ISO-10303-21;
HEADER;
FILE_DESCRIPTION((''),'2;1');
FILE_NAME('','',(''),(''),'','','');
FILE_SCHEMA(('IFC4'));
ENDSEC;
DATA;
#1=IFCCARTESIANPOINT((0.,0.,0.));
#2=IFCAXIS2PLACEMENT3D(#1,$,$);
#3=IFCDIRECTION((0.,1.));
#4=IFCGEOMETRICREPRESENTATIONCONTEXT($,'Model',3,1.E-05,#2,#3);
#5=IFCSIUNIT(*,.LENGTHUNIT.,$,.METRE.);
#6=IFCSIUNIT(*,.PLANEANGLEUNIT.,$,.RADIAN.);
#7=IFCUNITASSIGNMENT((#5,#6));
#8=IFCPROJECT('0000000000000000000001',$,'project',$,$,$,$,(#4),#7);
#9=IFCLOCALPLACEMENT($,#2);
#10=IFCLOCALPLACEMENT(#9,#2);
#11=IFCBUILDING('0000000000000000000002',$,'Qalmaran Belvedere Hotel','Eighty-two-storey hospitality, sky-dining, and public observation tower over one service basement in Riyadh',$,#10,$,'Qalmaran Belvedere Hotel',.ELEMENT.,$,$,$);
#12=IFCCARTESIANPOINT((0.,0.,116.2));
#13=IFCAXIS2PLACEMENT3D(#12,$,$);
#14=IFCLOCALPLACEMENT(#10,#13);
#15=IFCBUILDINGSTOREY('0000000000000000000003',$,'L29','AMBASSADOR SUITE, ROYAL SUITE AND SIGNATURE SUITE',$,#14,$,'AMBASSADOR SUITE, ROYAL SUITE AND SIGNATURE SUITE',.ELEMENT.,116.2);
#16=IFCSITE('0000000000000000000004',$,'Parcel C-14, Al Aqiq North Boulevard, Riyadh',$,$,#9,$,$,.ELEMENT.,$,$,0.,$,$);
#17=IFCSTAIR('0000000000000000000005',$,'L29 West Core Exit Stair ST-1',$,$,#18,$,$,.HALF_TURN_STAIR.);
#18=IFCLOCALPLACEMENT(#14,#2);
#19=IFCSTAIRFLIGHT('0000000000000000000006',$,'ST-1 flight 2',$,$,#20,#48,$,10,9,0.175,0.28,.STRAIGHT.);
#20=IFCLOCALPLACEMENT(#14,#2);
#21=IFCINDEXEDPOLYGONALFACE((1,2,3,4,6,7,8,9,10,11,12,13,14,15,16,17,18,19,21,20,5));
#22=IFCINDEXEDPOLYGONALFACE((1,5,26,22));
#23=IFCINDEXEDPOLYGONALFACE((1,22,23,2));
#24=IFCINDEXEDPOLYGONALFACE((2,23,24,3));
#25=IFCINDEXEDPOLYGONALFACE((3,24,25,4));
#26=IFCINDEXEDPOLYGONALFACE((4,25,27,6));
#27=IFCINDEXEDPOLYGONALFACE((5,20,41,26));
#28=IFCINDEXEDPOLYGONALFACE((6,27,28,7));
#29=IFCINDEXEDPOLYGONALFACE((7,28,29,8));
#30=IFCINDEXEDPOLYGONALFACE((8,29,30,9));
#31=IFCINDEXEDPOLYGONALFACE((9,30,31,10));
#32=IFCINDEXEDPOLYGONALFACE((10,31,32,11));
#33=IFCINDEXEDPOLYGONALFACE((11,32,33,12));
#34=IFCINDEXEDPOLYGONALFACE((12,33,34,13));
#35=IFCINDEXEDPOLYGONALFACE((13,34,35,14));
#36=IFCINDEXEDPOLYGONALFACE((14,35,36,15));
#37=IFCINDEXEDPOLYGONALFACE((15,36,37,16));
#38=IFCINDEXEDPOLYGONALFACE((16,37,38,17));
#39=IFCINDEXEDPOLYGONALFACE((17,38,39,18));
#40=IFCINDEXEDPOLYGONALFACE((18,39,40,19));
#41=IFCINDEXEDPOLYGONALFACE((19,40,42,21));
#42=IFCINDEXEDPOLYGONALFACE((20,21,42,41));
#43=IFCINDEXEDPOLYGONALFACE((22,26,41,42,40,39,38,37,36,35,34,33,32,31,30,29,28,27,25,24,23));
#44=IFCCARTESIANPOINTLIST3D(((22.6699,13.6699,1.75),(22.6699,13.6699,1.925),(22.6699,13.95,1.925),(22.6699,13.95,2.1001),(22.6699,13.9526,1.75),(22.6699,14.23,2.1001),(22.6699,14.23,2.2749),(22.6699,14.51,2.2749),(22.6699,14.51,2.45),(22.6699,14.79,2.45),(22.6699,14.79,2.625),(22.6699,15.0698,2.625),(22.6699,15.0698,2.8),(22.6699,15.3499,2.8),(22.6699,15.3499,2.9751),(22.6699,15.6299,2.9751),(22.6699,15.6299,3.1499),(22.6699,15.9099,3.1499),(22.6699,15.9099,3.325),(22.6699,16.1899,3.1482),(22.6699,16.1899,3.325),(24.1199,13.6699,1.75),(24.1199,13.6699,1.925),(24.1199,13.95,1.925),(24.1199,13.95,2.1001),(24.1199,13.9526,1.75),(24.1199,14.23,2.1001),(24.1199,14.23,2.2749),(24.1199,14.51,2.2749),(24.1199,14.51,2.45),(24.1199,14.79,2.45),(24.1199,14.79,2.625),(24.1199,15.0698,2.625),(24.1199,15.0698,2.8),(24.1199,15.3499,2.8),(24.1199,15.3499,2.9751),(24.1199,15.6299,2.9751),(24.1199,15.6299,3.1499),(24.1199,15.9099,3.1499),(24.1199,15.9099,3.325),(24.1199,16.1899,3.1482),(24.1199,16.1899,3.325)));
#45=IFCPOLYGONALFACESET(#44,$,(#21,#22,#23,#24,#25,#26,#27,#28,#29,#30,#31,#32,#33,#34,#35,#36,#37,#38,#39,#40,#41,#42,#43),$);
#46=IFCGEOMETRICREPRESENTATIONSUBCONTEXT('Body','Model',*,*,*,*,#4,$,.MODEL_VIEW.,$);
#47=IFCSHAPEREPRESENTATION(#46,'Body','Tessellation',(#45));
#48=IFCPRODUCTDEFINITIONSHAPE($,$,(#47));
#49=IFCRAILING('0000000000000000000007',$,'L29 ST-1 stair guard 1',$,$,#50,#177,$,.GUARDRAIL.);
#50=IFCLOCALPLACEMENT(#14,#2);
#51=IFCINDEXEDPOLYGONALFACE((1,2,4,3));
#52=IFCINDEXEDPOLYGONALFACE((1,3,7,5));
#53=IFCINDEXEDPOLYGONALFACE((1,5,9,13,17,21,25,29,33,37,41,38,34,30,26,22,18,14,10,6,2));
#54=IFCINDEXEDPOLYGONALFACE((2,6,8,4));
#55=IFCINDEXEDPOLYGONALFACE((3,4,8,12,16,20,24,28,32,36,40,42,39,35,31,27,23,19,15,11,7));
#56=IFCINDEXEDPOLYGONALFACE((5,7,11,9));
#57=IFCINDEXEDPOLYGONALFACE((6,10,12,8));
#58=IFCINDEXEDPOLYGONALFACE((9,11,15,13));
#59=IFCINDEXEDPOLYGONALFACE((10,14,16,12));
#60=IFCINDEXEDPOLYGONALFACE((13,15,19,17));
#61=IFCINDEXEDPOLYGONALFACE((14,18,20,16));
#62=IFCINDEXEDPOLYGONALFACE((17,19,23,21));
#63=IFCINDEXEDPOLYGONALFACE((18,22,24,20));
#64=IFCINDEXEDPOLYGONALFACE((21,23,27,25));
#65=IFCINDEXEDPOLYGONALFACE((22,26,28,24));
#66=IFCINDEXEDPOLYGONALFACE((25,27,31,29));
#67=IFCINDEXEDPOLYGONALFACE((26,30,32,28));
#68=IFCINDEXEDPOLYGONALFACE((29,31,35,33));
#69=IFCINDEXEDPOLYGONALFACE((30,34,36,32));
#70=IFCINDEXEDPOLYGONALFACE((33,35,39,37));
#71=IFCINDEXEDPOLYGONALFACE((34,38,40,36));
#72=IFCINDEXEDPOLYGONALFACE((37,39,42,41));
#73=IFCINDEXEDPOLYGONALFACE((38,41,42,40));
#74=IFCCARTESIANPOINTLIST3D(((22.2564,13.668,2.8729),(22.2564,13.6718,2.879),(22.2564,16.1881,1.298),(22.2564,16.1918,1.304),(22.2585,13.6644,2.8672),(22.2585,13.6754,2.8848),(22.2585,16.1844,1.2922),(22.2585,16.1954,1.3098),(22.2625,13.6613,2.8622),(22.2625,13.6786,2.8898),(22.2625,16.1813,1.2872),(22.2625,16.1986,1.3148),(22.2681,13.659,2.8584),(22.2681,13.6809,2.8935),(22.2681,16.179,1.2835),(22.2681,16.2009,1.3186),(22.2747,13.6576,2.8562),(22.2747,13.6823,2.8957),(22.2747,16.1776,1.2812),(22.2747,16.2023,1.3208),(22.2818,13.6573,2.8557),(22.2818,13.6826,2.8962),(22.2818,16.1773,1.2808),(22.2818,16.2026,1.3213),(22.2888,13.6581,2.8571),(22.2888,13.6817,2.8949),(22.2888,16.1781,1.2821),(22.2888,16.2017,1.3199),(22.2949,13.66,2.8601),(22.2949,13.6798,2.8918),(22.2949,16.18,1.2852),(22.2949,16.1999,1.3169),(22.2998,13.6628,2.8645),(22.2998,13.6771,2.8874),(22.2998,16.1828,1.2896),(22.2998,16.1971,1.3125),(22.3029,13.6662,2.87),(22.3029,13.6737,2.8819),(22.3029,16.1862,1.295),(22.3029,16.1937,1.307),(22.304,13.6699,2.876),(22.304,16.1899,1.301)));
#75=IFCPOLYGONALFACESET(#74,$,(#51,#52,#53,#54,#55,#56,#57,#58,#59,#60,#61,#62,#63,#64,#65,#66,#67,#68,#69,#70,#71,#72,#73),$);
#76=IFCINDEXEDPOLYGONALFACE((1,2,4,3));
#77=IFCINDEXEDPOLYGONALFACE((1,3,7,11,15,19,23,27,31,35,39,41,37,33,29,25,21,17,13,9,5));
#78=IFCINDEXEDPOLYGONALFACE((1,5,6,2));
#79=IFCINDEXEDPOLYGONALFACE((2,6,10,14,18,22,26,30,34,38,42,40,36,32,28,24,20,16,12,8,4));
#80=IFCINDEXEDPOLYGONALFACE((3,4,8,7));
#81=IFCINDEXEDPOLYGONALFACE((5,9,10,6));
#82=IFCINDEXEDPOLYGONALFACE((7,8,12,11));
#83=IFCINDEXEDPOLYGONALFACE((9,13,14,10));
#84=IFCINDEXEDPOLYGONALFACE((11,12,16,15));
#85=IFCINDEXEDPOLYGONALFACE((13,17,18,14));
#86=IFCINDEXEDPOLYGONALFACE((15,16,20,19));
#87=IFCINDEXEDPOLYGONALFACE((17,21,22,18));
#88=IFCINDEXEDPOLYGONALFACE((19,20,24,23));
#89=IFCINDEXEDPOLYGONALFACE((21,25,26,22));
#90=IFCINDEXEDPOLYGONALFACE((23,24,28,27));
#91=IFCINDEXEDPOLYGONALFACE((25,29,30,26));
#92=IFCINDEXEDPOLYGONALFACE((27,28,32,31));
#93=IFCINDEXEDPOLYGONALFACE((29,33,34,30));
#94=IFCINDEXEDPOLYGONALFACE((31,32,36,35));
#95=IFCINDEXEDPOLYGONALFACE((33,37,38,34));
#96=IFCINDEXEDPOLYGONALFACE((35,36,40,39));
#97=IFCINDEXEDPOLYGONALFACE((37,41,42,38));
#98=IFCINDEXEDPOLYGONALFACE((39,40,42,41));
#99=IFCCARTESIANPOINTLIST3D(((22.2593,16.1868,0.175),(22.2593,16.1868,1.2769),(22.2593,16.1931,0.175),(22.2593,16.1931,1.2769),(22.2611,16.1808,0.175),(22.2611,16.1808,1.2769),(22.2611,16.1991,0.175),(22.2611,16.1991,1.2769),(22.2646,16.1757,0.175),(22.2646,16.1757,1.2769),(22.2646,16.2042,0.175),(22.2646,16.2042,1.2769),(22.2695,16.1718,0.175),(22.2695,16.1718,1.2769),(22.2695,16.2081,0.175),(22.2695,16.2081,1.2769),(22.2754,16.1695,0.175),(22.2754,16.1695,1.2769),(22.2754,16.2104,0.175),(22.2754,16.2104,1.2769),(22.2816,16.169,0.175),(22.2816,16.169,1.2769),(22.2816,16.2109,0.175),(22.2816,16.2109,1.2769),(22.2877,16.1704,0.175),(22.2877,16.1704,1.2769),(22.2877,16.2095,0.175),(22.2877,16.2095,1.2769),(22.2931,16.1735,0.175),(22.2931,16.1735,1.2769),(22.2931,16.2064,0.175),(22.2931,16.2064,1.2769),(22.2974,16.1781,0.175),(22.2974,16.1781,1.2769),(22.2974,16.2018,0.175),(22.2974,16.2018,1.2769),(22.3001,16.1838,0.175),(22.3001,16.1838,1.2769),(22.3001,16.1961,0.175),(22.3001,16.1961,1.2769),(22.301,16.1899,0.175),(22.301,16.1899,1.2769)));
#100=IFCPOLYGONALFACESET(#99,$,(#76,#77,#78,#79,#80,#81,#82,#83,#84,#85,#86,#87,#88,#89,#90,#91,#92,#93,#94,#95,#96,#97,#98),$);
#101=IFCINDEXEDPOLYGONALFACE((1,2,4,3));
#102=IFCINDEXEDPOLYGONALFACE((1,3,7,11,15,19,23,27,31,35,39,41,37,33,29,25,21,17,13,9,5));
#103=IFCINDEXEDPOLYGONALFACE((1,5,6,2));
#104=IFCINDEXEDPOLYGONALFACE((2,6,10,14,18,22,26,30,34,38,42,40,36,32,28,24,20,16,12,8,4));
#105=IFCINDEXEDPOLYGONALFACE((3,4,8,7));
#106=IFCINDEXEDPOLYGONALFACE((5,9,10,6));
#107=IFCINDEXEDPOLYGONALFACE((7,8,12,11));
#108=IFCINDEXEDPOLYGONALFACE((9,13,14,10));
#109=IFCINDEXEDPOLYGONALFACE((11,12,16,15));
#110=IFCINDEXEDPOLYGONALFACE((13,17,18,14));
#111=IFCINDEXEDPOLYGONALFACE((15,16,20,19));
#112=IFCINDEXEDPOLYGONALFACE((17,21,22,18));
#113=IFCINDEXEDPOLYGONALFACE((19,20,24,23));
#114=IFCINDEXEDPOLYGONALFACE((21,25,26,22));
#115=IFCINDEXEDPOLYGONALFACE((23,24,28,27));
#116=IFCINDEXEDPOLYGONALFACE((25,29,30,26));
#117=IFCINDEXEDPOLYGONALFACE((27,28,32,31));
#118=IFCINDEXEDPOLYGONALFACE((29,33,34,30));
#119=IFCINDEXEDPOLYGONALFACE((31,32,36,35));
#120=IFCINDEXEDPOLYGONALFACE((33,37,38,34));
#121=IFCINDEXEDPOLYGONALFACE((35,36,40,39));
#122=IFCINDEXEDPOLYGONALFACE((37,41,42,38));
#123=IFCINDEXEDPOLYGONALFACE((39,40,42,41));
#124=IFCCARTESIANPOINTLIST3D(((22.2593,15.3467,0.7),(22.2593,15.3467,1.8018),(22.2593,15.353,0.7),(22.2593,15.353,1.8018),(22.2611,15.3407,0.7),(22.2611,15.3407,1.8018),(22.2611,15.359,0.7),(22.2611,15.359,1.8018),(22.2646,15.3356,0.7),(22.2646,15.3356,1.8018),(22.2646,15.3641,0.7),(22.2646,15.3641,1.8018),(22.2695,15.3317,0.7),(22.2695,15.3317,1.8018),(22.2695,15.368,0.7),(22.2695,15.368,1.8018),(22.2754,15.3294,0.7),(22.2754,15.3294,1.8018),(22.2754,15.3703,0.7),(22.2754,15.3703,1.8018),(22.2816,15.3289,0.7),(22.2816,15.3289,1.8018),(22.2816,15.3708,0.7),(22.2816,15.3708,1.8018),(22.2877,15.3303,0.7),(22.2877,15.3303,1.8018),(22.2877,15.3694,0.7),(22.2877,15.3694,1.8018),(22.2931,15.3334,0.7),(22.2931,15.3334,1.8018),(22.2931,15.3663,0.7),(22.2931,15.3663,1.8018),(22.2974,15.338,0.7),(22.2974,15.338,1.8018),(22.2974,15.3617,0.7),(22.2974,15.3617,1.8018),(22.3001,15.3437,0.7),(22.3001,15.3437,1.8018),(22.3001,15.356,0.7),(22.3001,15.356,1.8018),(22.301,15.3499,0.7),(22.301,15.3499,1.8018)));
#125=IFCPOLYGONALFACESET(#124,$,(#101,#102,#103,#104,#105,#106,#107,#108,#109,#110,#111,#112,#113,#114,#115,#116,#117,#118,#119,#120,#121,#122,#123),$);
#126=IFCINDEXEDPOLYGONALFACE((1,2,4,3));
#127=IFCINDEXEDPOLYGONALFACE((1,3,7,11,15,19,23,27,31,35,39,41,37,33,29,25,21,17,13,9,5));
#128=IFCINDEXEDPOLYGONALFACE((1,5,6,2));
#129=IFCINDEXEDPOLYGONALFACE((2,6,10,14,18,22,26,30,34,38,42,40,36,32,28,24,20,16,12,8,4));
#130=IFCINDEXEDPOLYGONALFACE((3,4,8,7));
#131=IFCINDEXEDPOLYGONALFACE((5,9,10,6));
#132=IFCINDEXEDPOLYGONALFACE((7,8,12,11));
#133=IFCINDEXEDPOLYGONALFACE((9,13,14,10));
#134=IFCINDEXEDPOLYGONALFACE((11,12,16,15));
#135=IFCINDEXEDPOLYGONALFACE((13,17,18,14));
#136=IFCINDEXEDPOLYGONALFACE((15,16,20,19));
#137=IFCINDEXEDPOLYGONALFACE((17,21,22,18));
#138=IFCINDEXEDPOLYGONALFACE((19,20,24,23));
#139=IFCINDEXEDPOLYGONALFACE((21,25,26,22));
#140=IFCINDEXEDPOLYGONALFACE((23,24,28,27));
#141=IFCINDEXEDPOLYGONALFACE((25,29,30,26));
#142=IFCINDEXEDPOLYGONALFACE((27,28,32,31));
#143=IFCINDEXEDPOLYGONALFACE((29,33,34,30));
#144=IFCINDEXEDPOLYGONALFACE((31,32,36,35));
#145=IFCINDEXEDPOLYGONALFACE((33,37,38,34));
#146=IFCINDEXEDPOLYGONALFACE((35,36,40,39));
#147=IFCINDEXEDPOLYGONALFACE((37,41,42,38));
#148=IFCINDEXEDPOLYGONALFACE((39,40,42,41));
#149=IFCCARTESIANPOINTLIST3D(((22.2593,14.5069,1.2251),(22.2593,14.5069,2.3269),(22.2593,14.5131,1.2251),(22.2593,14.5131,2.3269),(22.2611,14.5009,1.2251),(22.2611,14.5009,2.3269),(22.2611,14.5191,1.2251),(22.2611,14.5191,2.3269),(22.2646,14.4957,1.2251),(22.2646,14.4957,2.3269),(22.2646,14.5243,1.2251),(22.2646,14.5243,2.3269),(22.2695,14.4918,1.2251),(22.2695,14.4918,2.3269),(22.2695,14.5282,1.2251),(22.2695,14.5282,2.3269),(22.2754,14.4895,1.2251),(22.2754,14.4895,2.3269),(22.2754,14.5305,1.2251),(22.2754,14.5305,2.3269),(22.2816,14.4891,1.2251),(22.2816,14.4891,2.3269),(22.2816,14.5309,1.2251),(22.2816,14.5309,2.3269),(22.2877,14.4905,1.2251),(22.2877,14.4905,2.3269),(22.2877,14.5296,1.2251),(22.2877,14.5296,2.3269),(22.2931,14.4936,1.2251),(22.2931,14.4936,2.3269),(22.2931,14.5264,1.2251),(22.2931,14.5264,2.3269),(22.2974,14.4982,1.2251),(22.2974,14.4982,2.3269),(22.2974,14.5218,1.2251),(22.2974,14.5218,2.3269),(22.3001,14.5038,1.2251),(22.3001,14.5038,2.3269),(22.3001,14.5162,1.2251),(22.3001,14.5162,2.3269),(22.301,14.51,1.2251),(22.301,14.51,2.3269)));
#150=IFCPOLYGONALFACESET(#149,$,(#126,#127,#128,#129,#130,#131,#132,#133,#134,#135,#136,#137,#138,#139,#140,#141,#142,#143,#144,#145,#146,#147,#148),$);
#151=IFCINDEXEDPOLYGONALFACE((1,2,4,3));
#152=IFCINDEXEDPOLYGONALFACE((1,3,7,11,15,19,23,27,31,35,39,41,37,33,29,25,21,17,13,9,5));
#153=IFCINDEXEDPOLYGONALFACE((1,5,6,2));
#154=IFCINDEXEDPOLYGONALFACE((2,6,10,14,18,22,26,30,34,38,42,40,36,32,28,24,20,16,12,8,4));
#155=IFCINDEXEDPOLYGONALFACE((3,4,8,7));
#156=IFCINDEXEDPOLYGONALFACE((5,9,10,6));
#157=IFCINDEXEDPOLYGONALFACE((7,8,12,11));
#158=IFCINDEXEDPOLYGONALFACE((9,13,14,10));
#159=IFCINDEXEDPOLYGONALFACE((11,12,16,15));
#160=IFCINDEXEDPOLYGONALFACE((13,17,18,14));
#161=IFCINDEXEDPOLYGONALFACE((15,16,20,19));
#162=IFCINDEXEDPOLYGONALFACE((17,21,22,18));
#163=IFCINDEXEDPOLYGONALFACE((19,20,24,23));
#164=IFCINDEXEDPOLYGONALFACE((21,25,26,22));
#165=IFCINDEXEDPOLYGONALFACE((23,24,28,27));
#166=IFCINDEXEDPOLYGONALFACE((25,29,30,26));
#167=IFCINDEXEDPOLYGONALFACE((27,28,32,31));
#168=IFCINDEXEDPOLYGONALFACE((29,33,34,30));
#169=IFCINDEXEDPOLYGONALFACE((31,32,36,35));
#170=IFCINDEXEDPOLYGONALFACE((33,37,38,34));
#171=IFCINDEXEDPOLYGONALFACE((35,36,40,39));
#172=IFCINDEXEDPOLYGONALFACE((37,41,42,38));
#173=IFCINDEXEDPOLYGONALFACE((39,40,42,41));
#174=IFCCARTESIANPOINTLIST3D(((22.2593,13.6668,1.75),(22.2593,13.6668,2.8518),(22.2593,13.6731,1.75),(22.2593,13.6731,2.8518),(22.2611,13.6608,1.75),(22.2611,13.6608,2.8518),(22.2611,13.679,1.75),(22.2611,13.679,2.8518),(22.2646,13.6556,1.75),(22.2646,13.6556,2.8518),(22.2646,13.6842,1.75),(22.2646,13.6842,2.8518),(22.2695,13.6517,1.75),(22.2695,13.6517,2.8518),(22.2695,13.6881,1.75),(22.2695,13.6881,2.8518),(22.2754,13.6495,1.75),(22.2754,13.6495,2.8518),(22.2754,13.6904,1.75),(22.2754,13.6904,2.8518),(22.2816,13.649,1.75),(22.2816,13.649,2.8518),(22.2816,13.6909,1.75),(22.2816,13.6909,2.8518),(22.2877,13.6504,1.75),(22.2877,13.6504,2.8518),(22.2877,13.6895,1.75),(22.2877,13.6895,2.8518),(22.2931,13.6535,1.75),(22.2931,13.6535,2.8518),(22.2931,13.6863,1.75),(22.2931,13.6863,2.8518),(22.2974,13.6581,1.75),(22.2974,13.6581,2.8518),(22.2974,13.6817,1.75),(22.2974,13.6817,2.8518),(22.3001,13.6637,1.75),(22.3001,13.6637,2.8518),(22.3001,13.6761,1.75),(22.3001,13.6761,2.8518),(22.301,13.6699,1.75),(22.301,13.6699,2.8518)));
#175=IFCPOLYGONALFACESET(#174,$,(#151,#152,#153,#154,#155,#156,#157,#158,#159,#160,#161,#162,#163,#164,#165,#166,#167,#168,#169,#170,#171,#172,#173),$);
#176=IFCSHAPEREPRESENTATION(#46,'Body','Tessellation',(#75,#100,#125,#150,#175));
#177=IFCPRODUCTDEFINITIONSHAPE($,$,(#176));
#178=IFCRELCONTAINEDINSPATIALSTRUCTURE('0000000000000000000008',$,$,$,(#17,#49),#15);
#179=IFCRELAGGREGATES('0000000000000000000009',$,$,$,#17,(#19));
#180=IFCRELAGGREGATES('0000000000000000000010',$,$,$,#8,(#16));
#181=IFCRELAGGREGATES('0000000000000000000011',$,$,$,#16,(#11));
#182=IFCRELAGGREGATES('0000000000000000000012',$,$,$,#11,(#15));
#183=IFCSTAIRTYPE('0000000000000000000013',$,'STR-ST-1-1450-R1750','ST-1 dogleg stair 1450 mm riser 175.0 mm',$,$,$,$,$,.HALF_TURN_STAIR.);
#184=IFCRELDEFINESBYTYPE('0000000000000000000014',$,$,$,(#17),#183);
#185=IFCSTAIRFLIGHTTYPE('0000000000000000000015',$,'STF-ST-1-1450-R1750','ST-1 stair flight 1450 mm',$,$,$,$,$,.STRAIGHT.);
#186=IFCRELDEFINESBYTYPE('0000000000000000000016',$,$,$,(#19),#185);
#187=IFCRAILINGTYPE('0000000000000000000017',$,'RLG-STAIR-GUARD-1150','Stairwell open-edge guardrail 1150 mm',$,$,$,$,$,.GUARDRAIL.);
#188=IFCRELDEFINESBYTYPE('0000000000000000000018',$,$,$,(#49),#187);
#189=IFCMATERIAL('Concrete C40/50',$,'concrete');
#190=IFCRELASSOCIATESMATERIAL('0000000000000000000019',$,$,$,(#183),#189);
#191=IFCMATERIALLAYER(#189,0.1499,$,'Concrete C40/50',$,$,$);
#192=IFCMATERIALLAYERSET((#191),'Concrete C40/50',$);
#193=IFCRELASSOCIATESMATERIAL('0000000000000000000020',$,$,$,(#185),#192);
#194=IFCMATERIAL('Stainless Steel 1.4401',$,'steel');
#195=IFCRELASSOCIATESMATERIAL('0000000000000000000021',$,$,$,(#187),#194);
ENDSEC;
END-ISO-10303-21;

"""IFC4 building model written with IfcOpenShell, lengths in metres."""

from ifc_helpers import new_model, si_unit, direction, frame, origin, origin_2d, place, context, subcontext, project, spatial, polyline, circle, outline, extrude, material, layer, layer_set, type_object, element, aggregate, save


model = new_model("IFC4")

# Units and contexts
model_context = context("Model", 3, precision=1e-05, world=origin(), true_north=direction((0.0, 1.0)))
body_context = subcontext(model_context, "Body", "Model", "MODEL_VIEW")
ifc_project = project(units=[si_unit("LENGTHUNIT", "METRE"), si_unit("PLANEANGLEUNIT", "RADIAN")], contexts=[model_context])

# Site, building, storey
site_placement = place(None, origin())
site = spatial("IfcSite", under=ifc_project, at=site_placement, Name="Parcel C-14, Al Aqiq North Boulevard, Riyadh", CompositionType="ELEMENT", RefElevation=0.0)
building_placement = place(site_placement, origin())
building = spatial("IfcBuilding", under=site, at=building_placement, Name="Qalmaran Belvedere Hotel", Description="Eighty-two-storey hospitality, sky-dining, and public observation tower over one service basement in Riyadh", LongName="Qalmaran Belvedere Hotel", CompositionType="ELEMENT")
storey_placement = place(building_placement, frame((0.0, 0.0, 116.2)))
storey = spatial("IfcBuildingStorey", under=building, at=storey_placement, Name="L29", Description="AMBASSADOR SUITE, ROYAL SUITE AND SIGNATURE SUITE", LongName="AMBASSADOR SUITE, ROYAL SUITE AND SIGNATURE SUITE", CompositionType="ELEMENT", Elevation=116.2)

# Shared definitions
ifc_material_1 = material(Name="Stainless Steel 1.4401", Category="steel")

# Stair, stair flight
ifc_material_2 = material(Name="Concrete C40/50", Category="concrete")
stair_type = type_object("IfcStairType", Name="STR-ST-1-1450-R1750", Description="ST-1 dogleg stair 1450 mm riser 175.0 mm", PredefinedType="HALF_TURN_STAIR", material=ifc_material_2)
stair_placement = place(storey_placement, origin())
stair = element("IfcStair", 1, at=stair_placement, inside=storey, type_object=stair_type, Name="L29 West Core Exit Stair ST-1", PredefinedType="HALF_TURN_STAIR")
ifc_layer_1 = layer(ifc_material_2, 0.1499, Name="Concrete C40/50")
ifc_layer_set_1 = layer_set([ifc_layer_1], Name="Concrete C40/50")
stair_flight_type = type_object("IfcStairFlightType", Name="STF-ST-1-1450-R1750", Description="ST-1 stair flight 1450 mm", PredefinedType="STRAIGHT", material=ifc_layer_set_1)
stair_flight_1_placement = place(storey_placement, frame((23.395, 13.6699, 1.75), z_axis=(0.0, 0.0, 1.0), x_axis=(0.0, 1.0, 0.0)))
stair_flight_1 = element("IfcStairFlight", 2, at=stair_flight_1_placement, type_object=stair_flight_type, Name="ST-1 flight 2", NumberOfRisers=10, NumberOfTreads=9, PredefinedType="STRAIGHT", RiserHeight=0.175, TreadLength=0.28, context=body_context, shape_type="SweptSolid", body=[
    extrude(outline(polyline([(0.0, 0.0), (0.0, 0.175), (0.28, 0.175), (0.28, 0.3501), (0.5601, 0.3501), (0.5601, 0.5249), (0.8401, 0.5249), (0.8401, 0.7), (1.1201, 0.7), (1.1201, 0.875), (1.3999, 0.875), (1.3999, 1.05), (1.6799, 1.05), (1.6799, 1.2251), (1.96, 1.2251), (1.96, 1.3999), (2.24, 1.3999), (2.24, 1.575), (2.52, 1.575), (2.52, 1.75), (2.52, 1.3982), (0.2827, 0.0), (0.0, 0.0)])), frame((0.0, 0.7251, 0.0), z_axis=(0.0, -1.0, 0.0), x_axis=(1.0, 0.0, 0.0)), (0.0, 0.0, 1.0), 1.45),
])
aggregate(stair, [stair_flight_1])

# Railing
railing_type_1 = type_object("IfcRailingType", Name="RLG-STAIR-GUARD-1150", Description="Stairwell open-edge guardrail 1150 mm", PredefinedType="GUARDRAIL", material=ifc_material_1)
railing_1_placement = place(storey_placement, frame((22.28, 16.1899, 0.175)))
element("IfcRailing", 3, at=railing_1_placement, inside=storey, type_object=railing_type_1, Name="L29 ST-1 stair guard 1", PredefinedType="GUARDRAIL", context=body_context, shape_type="SweptSolid", body=[
    extrude(circle(Radius=0.0239, at=origin_2d()), frame((0.0, 0.0, 1.126), z_axis=(0.0, -0.848008, 0.529984), x_axis=(1.0, 0.0, 0.0)), (0.0, 0.0, 1.0), 2.9717),
    extrude(circle(Radius=0.021, at=origin_2d()), origin(), (0.0, 0.0, 1.0), 1.1018),
    extrude(circle(Radius=0.021, at=origin_2d()), frame((0.0, -0.8401, 0.5249)), (0.0, 0.0, 1.0), 1.1018),
    extrude(circle(Radius=0.021, at=origin_2d()), frame((0.0, -1.6799, 1.05)), (0.0, 0.0, 1.0), 1.1018),
    extrude(circle(Radius=0.021, at=origin_2d()), frame((0.0, -2.52, 1.575)), (0.0, 0.0, 1.0), 1.1018),
])

save(model, "model.ifc")
